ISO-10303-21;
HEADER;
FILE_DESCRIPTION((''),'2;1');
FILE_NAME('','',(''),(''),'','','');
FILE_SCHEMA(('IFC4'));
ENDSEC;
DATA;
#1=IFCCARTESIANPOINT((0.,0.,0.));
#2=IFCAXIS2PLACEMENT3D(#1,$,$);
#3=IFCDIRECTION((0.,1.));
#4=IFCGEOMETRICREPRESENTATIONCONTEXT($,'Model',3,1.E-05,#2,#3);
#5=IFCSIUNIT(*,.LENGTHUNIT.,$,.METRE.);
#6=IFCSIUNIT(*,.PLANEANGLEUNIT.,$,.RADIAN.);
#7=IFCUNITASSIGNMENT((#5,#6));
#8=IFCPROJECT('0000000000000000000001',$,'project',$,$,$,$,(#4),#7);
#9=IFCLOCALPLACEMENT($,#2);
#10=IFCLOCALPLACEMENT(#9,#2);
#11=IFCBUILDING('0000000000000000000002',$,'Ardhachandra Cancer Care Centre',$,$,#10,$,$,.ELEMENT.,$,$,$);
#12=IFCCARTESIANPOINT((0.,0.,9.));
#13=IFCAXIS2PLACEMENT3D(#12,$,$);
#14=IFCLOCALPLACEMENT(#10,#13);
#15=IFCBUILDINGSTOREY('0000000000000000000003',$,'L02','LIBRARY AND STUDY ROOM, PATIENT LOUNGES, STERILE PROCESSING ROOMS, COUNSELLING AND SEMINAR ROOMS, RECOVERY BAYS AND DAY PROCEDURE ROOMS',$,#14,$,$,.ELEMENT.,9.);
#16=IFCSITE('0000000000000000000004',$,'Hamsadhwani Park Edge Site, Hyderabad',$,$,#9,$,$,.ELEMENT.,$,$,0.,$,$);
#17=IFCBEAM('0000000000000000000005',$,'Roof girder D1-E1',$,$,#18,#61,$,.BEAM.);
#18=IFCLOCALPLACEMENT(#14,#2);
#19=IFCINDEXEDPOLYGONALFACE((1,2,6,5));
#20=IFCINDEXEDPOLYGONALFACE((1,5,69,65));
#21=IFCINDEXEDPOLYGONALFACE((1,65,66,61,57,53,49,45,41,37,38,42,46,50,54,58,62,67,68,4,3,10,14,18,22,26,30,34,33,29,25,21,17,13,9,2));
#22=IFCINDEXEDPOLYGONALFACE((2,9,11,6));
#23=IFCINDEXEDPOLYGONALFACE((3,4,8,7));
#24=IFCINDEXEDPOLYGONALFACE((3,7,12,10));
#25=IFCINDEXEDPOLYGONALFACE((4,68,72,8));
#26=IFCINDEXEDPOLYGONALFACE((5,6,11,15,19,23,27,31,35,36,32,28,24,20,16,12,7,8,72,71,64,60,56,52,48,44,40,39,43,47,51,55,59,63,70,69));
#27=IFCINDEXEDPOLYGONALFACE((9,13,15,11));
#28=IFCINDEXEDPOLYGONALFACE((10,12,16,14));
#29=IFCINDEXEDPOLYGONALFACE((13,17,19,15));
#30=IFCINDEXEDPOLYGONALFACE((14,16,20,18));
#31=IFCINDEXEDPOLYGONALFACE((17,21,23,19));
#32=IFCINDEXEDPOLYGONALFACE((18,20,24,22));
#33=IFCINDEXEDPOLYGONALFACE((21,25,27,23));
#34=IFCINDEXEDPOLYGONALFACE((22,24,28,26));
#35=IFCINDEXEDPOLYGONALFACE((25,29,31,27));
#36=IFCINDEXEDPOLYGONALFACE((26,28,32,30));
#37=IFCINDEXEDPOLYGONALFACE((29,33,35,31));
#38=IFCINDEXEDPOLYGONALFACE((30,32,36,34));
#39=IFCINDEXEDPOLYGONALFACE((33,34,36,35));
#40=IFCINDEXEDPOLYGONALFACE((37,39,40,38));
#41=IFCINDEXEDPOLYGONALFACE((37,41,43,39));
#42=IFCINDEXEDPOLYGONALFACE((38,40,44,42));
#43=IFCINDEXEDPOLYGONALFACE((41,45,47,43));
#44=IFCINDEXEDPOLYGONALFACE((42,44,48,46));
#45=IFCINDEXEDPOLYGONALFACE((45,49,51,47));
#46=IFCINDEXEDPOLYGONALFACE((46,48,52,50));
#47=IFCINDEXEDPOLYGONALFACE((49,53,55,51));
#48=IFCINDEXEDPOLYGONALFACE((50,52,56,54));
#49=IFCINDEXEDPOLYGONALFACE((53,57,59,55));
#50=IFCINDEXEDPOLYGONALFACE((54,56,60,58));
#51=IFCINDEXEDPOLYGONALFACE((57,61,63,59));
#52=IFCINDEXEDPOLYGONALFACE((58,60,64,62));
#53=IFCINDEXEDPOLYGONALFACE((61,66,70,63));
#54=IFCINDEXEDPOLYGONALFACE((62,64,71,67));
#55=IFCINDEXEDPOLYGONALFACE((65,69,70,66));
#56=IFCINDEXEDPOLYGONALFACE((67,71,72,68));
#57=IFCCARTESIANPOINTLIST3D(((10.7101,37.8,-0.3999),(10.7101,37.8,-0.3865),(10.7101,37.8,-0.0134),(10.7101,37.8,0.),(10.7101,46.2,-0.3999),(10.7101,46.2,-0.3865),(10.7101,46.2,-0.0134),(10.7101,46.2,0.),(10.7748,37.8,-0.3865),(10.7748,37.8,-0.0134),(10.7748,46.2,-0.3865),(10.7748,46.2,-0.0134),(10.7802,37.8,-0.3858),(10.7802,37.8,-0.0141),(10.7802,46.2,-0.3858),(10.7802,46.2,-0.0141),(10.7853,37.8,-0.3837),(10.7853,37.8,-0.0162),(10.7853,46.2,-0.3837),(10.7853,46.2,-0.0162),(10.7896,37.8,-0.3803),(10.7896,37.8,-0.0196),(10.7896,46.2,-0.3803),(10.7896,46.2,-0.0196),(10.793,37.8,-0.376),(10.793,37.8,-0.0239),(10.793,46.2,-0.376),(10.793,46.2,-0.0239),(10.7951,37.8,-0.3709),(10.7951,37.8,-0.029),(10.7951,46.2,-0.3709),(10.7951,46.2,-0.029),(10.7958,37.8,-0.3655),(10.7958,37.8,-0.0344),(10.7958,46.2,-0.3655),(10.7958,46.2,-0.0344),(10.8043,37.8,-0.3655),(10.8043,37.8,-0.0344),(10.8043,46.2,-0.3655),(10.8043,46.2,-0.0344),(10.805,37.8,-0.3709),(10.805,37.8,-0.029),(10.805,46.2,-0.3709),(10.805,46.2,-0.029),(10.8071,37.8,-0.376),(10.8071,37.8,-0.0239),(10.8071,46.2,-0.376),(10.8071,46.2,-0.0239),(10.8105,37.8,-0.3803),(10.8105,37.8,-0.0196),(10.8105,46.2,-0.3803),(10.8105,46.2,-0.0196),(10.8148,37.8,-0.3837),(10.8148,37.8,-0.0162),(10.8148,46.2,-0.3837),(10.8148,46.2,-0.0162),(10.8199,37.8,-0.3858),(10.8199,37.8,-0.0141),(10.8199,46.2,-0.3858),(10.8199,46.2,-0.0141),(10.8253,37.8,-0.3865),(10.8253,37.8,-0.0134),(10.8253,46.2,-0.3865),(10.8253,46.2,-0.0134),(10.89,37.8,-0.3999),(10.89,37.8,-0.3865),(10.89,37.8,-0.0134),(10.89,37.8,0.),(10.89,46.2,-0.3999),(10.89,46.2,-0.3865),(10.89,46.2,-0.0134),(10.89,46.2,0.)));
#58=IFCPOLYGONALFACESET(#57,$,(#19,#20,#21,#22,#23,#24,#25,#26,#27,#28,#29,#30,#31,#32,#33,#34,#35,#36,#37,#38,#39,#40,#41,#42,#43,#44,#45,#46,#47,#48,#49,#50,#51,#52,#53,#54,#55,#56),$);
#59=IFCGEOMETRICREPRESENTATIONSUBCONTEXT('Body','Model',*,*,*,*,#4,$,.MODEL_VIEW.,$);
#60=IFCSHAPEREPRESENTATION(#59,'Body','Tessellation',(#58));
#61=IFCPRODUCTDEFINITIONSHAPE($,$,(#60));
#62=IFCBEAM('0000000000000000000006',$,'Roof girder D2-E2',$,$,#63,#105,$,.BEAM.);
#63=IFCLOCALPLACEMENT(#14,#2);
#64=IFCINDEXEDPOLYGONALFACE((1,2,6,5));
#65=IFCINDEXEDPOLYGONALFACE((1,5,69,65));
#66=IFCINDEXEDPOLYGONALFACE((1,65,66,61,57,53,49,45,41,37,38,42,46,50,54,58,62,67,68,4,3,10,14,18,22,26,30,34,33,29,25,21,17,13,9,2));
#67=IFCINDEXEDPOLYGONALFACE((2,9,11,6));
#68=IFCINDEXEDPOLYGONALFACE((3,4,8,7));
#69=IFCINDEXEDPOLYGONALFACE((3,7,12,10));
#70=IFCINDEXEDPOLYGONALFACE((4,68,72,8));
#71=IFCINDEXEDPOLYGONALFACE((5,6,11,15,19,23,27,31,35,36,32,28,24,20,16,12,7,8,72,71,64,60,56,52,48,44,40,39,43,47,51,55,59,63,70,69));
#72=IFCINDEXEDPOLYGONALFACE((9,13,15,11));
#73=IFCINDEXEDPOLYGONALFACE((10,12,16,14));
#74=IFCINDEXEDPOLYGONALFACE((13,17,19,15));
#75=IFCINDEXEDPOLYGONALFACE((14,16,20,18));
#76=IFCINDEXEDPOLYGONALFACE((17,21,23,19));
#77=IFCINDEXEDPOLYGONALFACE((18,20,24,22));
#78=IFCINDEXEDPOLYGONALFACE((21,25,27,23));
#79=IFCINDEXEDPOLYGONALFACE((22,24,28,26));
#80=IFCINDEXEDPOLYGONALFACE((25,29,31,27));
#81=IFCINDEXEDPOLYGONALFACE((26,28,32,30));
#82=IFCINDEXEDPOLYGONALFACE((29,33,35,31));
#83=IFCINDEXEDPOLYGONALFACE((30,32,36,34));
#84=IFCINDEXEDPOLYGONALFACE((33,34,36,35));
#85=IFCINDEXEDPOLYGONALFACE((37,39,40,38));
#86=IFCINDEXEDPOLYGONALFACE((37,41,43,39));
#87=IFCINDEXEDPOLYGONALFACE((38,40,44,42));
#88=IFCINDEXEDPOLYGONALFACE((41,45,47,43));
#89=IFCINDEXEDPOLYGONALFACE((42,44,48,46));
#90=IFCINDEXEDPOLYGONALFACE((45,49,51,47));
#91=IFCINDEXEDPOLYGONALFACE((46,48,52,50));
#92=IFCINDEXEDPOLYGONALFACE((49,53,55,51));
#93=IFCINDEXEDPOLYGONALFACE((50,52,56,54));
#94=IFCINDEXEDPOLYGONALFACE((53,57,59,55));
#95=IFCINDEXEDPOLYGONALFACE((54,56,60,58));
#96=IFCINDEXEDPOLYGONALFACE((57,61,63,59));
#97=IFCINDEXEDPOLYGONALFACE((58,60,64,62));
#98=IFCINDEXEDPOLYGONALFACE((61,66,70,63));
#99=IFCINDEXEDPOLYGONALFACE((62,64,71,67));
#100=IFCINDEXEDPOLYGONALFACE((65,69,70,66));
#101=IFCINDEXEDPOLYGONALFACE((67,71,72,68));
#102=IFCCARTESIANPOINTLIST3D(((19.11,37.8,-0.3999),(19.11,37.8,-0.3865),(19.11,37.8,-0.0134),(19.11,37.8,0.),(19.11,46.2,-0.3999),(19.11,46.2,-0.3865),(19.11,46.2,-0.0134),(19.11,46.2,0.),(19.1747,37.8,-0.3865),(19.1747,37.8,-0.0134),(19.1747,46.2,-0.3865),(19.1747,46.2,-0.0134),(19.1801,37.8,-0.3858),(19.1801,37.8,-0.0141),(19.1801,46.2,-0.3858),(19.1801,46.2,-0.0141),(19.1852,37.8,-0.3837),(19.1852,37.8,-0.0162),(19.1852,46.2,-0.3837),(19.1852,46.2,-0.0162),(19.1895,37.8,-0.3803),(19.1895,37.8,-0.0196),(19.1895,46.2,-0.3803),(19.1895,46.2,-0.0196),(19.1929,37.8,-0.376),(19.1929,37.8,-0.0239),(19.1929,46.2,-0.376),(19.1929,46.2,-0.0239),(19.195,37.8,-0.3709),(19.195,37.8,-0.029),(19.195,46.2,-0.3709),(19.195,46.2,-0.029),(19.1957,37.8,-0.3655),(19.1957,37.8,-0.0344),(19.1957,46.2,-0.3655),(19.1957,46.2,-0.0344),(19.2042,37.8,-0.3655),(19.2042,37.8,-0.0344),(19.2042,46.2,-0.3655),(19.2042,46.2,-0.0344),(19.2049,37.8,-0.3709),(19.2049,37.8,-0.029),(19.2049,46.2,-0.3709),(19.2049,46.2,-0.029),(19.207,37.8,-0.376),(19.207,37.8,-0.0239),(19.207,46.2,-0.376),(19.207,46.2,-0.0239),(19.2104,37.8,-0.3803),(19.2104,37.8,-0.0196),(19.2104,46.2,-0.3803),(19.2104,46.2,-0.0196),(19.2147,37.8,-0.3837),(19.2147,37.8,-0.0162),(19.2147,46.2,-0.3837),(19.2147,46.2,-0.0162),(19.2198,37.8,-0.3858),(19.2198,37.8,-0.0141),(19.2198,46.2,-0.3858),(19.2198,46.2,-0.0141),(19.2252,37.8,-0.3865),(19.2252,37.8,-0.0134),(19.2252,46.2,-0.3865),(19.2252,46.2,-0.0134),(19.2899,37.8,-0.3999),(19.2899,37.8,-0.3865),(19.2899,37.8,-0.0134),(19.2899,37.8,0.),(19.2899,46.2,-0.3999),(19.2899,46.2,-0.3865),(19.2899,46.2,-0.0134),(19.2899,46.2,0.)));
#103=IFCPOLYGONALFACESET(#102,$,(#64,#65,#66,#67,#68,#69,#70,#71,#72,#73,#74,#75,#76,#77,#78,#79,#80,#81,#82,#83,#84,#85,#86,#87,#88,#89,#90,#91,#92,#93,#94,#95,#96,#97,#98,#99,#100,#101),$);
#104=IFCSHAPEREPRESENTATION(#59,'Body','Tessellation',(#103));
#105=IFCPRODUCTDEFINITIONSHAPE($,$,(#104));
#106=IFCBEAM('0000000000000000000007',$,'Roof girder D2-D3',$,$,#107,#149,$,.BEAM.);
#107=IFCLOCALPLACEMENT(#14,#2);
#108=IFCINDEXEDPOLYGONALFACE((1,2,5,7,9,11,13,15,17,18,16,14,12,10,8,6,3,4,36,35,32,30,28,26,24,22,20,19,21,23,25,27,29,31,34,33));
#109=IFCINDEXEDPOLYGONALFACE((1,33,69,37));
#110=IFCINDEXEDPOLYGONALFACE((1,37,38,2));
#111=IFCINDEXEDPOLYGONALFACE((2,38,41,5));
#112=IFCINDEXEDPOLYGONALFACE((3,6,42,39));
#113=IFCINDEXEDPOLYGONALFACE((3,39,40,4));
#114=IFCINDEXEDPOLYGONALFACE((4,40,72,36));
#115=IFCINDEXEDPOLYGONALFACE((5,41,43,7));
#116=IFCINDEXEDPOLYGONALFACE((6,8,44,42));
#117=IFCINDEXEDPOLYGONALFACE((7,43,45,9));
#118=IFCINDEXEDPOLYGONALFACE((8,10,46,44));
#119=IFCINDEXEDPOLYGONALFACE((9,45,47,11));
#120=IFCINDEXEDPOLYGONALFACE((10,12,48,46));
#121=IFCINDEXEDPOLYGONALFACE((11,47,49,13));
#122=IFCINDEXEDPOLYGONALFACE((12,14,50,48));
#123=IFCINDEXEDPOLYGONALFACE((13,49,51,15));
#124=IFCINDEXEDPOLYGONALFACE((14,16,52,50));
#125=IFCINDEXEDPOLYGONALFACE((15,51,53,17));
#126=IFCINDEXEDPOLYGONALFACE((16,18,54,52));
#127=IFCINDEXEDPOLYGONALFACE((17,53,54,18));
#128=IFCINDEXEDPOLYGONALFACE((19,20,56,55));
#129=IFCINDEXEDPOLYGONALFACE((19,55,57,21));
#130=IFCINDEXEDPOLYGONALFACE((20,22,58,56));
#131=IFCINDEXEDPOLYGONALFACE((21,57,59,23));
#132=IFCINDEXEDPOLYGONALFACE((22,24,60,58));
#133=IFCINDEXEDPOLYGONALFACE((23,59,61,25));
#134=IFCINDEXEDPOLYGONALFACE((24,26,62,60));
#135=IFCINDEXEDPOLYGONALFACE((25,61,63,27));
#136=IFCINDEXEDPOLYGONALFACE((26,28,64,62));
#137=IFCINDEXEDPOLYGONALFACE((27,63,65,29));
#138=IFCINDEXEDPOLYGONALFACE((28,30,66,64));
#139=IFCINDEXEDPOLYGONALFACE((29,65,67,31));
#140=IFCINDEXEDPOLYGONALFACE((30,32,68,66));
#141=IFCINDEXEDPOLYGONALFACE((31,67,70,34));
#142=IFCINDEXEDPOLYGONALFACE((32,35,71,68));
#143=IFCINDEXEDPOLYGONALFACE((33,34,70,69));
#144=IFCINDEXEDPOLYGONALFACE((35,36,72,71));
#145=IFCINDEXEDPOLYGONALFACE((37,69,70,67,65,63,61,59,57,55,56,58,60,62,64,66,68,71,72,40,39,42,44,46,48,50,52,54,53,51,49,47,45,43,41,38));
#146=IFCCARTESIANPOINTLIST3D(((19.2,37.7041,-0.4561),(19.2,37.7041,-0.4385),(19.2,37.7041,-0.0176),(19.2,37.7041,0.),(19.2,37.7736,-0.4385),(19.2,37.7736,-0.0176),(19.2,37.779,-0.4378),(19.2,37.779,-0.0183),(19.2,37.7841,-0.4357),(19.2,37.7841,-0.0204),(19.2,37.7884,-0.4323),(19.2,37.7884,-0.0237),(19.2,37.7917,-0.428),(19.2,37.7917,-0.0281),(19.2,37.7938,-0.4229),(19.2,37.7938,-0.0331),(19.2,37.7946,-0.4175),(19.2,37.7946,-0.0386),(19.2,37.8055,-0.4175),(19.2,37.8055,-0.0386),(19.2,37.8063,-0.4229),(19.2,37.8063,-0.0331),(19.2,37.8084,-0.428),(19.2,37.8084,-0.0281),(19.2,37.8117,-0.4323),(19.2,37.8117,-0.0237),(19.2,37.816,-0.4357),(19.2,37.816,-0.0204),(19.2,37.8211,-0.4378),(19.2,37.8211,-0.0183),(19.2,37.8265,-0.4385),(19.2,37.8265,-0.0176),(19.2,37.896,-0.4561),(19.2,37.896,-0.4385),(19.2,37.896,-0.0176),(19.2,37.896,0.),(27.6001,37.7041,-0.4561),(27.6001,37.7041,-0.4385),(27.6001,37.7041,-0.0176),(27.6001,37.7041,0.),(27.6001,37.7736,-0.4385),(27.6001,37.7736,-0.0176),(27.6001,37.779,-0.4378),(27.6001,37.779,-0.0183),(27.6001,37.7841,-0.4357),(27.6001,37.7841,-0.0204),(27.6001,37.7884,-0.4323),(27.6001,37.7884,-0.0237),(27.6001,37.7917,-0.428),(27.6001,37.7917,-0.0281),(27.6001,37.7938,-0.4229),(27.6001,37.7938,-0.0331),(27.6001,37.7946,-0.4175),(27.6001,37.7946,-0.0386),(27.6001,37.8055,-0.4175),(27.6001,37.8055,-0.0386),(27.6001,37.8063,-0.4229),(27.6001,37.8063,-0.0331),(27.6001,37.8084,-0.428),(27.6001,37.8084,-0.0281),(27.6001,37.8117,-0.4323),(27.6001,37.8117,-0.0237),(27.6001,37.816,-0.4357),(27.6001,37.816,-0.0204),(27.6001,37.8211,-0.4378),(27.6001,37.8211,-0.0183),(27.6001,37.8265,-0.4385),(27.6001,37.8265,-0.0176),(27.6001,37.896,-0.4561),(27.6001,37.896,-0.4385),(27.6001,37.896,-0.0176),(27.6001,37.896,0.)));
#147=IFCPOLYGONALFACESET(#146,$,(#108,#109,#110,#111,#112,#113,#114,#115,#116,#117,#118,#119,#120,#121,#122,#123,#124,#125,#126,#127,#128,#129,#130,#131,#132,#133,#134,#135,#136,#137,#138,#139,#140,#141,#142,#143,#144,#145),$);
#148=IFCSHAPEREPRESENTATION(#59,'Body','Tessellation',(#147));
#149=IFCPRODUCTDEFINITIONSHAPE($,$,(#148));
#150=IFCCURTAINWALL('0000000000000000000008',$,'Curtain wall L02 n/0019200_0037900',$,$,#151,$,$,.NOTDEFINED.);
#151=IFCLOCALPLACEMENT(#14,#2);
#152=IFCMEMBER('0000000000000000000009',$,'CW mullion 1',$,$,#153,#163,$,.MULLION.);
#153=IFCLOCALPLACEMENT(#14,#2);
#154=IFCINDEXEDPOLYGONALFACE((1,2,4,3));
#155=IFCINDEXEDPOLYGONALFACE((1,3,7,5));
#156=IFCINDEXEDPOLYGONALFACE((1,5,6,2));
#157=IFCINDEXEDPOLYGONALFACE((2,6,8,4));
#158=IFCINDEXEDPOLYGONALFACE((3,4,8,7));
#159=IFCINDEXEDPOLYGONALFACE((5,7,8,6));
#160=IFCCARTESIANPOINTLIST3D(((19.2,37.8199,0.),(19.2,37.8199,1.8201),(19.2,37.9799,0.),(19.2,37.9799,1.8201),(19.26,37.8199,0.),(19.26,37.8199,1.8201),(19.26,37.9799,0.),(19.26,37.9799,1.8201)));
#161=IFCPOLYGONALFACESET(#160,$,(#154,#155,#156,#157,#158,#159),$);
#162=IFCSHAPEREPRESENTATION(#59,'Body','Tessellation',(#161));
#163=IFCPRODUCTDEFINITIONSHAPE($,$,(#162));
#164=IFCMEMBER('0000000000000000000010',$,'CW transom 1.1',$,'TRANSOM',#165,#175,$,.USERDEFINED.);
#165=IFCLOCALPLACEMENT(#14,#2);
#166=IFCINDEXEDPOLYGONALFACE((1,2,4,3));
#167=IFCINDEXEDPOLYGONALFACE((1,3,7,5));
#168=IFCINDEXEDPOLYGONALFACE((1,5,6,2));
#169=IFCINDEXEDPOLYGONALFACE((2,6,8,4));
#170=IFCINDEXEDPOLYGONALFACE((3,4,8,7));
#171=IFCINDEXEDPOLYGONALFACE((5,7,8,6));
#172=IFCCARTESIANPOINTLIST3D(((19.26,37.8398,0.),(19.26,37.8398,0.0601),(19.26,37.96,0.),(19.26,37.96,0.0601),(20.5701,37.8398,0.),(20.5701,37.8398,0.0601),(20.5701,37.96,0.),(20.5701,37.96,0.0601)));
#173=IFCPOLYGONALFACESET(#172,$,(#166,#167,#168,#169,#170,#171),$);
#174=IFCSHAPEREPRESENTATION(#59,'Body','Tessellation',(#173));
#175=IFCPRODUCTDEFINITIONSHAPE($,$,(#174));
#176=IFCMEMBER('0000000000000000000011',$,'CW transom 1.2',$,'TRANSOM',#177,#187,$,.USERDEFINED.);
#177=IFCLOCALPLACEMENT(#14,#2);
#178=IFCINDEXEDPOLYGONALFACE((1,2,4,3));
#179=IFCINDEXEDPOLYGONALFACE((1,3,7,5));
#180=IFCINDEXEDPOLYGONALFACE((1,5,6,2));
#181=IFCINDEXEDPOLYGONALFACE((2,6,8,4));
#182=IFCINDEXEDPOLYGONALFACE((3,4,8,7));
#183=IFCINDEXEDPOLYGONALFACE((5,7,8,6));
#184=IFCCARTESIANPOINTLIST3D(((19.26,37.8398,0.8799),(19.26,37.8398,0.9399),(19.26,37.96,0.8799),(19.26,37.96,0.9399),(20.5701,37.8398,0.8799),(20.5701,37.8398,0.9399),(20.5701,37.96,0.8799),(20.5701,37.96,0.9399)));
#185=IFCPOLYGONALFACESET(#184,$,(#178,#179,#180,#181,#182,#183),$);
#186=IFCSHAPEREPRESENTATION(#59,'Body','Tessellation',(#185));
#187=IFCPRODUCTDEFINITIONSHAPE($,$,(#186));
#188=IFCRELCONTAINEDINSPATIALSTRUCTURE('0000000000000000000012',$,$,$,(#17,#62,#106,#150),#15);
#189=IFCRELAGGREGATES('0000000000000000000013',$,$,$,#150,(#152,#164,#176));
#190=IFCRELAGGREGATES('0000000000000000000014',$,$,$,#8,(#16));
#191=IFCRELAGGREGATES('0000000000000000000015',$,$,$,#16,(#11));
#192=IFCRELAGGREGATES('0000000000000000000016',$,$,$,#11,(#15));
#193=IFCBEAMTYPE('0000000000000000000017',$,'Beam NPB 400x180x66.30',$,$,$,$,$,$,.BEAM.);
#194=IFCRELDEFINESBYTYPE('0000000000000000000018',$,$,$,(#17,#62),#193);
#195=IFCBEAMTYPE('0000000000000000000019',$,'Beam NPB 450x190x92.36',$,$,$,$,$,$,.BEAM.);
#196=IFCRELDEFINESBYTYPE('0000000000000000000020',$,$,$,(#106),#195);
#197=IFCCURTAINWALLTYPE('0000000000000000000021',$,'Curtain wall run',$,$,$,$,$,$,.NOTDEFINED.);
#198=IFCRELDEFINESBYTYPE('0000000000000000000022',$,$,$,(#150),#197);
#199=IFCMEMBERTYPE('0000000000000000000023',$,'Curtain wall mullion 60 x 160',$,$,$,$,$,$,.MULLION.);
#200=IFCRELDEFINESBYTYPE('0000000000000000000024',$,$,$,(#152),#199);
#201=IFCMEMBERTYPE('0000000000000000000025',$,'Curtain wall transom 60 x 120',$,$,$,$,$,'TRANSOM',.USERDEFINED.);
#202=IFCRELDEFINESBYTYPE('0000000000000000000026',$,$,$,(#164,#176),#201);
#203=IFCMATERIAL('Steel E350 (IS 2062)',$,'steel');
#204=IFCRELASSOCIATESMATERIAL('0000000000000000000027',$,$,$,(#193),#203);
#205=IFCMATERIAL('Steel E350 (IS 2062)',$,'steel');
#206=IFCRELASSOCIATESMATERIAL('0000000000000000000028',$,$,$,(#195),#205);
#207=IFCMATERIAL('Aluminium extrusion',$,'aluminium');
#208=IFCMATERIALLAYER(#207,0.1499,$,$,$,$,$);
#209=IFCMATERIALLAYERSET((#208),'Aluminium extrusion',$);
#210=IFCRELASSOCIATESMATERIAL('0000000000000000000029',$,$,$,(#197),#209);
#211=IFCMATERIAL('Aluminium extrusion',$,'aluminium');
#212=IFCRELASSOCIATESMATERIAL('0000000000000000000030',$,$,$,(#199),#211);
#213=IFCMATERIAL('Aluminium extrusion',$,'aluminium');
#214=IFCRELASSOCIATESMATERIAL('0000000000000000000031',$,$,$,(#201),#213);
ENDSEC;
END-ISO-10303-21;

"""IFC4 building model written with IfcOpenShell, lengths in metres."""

from ifc_helpers import new_model, si_unit, direction, frame, origin, origin_2d, place, context, subcontext, project, spatial, rectangle, i_section, extrude, material, layer, layer_set, material_profile, profile_set, type_object, element, aggregate, save


model = new_model("IFC4")

# Units and contexts
model_context = context("Model", 3, precision=1e-05, world=origin(), true_north=direction((0.0, 1.0)))
body_context = subcontext(model_context, "Body", "Model", "MODEL_VIEW")
ifc_project = project(units=[si_unit("LENGTHUNIT", "METRE"), si_unit("PLANEANGLEUNIT", "RADIAN")], contexts=[model_context])

# Site, building, storey
site_placement = place(None, origin())
site = spatial("IfcSite", under=ifc_project, at=site_placement, Name="Hamsadhwani Park Edge Site, Hyderabad", CompositionType="ELEMENT", RefElevation=0.0)
building_placement = place(site_placement, origin())
building = spatial("IfcBuilding", under=site, at=building_placement, Name="Ardhachandra Cancer Care Centre", CompositionType="ELEMENT")
storey_placement = place(building_placement, frame((0.0, 0.0, 9.0)))
storey = spatial("IfcBuildingStorey", under=building, at=storey_placement, Name="L02", Description="LIBRARY AND STUDY ROOM, PATIENT LOUNGES, STERILE PROCESSING ROOMS, COUNSELLING AND SEMINAR ROOMS, RECOVERY BAYS AND DAY PROCEDURE ROOMS", CompositionType="ELEMENT", Elevation=9.0)

# Beams
ifc_material_1 = material(Name="Steel E350 (IS 2062)", Category="steel")
ifc_material_profile_1 = material_profile(ifc_material_1, i_section(OverallWidth=0.1799, OverallDepth=0.3999, WebThickness=0.0085, FlangeThickness=0.0134, FilletRadius=0.021, at=origin_2d()), Name="NPB 400x180x66.30")
ifc_profile_set_1 = profile_set([ifc_material_profile_1], Name="Steel E350 (IS 2062)")
beam_type_1 = type_object("IfcBeamType", Name="Beam NPB 400x180x66.30", PredefinedType="BEAM", material=ifc_profile_set_1)
for number, where, z_axis, x_axis, name in (
    (1, (10.8, 37.8, -0.2), (0.0, 1.0, 0.0), (-1.0, 0.0, 0.0), "Roof girder D1-E1"),
    (2, (19.2, 37.8, -0.2), (0.0, 1.0, 0.0), (-1.0, 0.0, 0.0), "Roof girder D2-E2"),
):
    element("IfcBeam", number, at=place(storey_placement, frame(where, z_axis=z_axis, x_axis=x_axis)), inside=storey, type_object=beam_type_1, Name=name, PredefinedType="BEAM", context=body_context, shape_type="SweptSolid", body=[
        extrude(i_section(OverallWidth=0.1799, OverallDepth=0.3999, WebThickness=0.0085, FlangeThickness=0.0134, FilletRadius=0.021, at=origin_2d()), origin(), (0.0, 0.0, 1.0), 8.3999),
    ])
ifc_material_2 = material(Name="Steel E350 (IS 2062)", Category="steel")
ifc_material_profile_2 = material_profile(ifc_material_2, i_section(OverallWidth=0.1919, OverallDepth=0.4561, WebThickness=0.011, FlangeThickness=0.0176, FilletRadius=0.021, at=origin_2d()), Name="NPB 450x190x92.36")
ifc_profile_set_2 = profile_set([ifc_material_profile_2], Name="Steel E350 (IS 2062)")
beam_type_2 = type_object("IfcBeamType", Name="Beam NPB 450x190x92.36", PredefinedType="BEAM", material=ifc_profile_set_2)
beam_placement = place(storey_placement, frame((19.2, 37.8, -0.228), z_axis=(1.0, 0.0, 0.0), x_axis=(0.0, 1.0, 0.0)))
element("IfcBeam", 3, at=beam_placement, inside=storey, type_object=beam_type_2, Name="Roof girder D2-D3", PredefinedType="BEAM", context=body_context, shape_type="SweptSolid", body=[
    extrude(i_section(OverallWidth=0.1919, OverallDepth=0.4561, WebThickness=0.011, FlangeThickness=0.0176, FilletRadius=0.021, at=origin_2d()), origin(), (0.0, 0.0, 1.0), 8.4001),
])

# Curtain wall, members
ifc_material_3 = material(Name="Aluminium extrusion", Category="aluminium")
ifc_layer_1 = layer(ifc_material_3, 0.1499)
ifc_layer_set_1 = layer_set([ifc_layer_1], Name="Aluminium extrusion")
curtain_wall_type = type_object("IfcCurtainWallType", Name="Curtain wall run", PredefinedType="NOTDEFINED", material=ifc_layer_set_1)
curtain_wall_placement = place(storey_placement, origin())
curtain_wall = element("IfcCurtainWall", 4, at=curtain_wall_placement, inside=storey, type_object=curtain_wall_type, Name="Curtain wall L02 n/0019200_0037900", PredefinedType="NOTDEFINED")
ifc_material_4 = material(Name="Aluminium extrusion", Category="aluminium")
ifc_material_profile_3 = material_profile(ifc_material_4, rectangle(XDim=0.1599, YDim=0.0601, at=origin_2d()), Name="Curtain wall mullion 60 x 160")
ifc_profile_set_3 = profile_set([ifc_material_profile_3], Name="Aluminium extrusion")
member_type_1 = type_object("IfcMemberType", Name="Curtain wall mullion 60 x 160", PredefinedType="MULLION", material=ifc_profile_set_3)
member_1_placement = place(storey_placement, frame((19.23, 37.8999, 0.0), z_axis=(0.0, 0.0, 1.0), x_axis=(0.0, 1.0, 0.0)))
member_1 = element("IfcMember", 5, at=member_1_placement, type_object=member_type_1, Name="CW mullion 1", PredefinedType="MULLION", context=body_context, shape_type="SweptSolid", body=[
    extrude(rectangle(XDim=0.1599, YDim=0.0601, at=origin_2d()), origin(), (0.0, 0.0, 1.0), 1.8201),
])
ifc_material_5 = material(Name="Aluminium extrusion", Category="aluminium")
ifc_material_profile_4 = material_profile(ifc_material_5, rectangle(XDim=0.1201, YDim=0.0601, at=origin_2d()), Name="Curtain wall transom 60 x 120")
ifc_profile_set_4 = profile_set([ifc_material_profile_4], Name="Aluminium extrusion")
member_type_2 = type_object("IfcMemberType", Name="Curtain wall transom 60 x 120", ElementType="TRANSOM", PredefinedType="USERDEFINED", material=ifc_profile_set_4)
member_2_placement = place(storey_placement, frame((19.26, 37.8999, 0.03), z_axis=(1.0, 0.0, 0.0), x_axis=(0.0, 1.0, 0.0)))
member_2 = element("IfcMember", 6, at=member_2_placement, type_object=member_type_2, Name="CW transom 1.1", ObjectType="TRANSOM", PredefinedType="USERDEFINED", context=body_context, shape_type="SweptSolid", body=[
    extrude(rectangle(XDim=0.1201, YDim=0.0601, at=origin_2d()), origin(), (0.0, 0.0, 1.0), 1.3101),
])
member_3_placement = place(storey_placement, frame((19.26, 37.8999, 0.9099), z_axis=(1.0, 0.0, 0.0), x_axis=(0.0, 1.0, 0.0)))
member_3 = element("IfcMember", 7, at=member_3_placement, type_object=member_type_2, Name="CW transom 1.2", ObjectType="TRANSOM", PredefinedType="USERDEFINED", context=body_context, shape_type="SweptSolid", body=[
    extrude(rectangle(XDim=0.1201, YDim=0.0601, at=origin_2d()), origin(), (0.0, 0.0, 1.0), 1.3101),
])
aggregate(curtain_wall, [member_1, member_2, member_3])

save(model, "model.ifc")
